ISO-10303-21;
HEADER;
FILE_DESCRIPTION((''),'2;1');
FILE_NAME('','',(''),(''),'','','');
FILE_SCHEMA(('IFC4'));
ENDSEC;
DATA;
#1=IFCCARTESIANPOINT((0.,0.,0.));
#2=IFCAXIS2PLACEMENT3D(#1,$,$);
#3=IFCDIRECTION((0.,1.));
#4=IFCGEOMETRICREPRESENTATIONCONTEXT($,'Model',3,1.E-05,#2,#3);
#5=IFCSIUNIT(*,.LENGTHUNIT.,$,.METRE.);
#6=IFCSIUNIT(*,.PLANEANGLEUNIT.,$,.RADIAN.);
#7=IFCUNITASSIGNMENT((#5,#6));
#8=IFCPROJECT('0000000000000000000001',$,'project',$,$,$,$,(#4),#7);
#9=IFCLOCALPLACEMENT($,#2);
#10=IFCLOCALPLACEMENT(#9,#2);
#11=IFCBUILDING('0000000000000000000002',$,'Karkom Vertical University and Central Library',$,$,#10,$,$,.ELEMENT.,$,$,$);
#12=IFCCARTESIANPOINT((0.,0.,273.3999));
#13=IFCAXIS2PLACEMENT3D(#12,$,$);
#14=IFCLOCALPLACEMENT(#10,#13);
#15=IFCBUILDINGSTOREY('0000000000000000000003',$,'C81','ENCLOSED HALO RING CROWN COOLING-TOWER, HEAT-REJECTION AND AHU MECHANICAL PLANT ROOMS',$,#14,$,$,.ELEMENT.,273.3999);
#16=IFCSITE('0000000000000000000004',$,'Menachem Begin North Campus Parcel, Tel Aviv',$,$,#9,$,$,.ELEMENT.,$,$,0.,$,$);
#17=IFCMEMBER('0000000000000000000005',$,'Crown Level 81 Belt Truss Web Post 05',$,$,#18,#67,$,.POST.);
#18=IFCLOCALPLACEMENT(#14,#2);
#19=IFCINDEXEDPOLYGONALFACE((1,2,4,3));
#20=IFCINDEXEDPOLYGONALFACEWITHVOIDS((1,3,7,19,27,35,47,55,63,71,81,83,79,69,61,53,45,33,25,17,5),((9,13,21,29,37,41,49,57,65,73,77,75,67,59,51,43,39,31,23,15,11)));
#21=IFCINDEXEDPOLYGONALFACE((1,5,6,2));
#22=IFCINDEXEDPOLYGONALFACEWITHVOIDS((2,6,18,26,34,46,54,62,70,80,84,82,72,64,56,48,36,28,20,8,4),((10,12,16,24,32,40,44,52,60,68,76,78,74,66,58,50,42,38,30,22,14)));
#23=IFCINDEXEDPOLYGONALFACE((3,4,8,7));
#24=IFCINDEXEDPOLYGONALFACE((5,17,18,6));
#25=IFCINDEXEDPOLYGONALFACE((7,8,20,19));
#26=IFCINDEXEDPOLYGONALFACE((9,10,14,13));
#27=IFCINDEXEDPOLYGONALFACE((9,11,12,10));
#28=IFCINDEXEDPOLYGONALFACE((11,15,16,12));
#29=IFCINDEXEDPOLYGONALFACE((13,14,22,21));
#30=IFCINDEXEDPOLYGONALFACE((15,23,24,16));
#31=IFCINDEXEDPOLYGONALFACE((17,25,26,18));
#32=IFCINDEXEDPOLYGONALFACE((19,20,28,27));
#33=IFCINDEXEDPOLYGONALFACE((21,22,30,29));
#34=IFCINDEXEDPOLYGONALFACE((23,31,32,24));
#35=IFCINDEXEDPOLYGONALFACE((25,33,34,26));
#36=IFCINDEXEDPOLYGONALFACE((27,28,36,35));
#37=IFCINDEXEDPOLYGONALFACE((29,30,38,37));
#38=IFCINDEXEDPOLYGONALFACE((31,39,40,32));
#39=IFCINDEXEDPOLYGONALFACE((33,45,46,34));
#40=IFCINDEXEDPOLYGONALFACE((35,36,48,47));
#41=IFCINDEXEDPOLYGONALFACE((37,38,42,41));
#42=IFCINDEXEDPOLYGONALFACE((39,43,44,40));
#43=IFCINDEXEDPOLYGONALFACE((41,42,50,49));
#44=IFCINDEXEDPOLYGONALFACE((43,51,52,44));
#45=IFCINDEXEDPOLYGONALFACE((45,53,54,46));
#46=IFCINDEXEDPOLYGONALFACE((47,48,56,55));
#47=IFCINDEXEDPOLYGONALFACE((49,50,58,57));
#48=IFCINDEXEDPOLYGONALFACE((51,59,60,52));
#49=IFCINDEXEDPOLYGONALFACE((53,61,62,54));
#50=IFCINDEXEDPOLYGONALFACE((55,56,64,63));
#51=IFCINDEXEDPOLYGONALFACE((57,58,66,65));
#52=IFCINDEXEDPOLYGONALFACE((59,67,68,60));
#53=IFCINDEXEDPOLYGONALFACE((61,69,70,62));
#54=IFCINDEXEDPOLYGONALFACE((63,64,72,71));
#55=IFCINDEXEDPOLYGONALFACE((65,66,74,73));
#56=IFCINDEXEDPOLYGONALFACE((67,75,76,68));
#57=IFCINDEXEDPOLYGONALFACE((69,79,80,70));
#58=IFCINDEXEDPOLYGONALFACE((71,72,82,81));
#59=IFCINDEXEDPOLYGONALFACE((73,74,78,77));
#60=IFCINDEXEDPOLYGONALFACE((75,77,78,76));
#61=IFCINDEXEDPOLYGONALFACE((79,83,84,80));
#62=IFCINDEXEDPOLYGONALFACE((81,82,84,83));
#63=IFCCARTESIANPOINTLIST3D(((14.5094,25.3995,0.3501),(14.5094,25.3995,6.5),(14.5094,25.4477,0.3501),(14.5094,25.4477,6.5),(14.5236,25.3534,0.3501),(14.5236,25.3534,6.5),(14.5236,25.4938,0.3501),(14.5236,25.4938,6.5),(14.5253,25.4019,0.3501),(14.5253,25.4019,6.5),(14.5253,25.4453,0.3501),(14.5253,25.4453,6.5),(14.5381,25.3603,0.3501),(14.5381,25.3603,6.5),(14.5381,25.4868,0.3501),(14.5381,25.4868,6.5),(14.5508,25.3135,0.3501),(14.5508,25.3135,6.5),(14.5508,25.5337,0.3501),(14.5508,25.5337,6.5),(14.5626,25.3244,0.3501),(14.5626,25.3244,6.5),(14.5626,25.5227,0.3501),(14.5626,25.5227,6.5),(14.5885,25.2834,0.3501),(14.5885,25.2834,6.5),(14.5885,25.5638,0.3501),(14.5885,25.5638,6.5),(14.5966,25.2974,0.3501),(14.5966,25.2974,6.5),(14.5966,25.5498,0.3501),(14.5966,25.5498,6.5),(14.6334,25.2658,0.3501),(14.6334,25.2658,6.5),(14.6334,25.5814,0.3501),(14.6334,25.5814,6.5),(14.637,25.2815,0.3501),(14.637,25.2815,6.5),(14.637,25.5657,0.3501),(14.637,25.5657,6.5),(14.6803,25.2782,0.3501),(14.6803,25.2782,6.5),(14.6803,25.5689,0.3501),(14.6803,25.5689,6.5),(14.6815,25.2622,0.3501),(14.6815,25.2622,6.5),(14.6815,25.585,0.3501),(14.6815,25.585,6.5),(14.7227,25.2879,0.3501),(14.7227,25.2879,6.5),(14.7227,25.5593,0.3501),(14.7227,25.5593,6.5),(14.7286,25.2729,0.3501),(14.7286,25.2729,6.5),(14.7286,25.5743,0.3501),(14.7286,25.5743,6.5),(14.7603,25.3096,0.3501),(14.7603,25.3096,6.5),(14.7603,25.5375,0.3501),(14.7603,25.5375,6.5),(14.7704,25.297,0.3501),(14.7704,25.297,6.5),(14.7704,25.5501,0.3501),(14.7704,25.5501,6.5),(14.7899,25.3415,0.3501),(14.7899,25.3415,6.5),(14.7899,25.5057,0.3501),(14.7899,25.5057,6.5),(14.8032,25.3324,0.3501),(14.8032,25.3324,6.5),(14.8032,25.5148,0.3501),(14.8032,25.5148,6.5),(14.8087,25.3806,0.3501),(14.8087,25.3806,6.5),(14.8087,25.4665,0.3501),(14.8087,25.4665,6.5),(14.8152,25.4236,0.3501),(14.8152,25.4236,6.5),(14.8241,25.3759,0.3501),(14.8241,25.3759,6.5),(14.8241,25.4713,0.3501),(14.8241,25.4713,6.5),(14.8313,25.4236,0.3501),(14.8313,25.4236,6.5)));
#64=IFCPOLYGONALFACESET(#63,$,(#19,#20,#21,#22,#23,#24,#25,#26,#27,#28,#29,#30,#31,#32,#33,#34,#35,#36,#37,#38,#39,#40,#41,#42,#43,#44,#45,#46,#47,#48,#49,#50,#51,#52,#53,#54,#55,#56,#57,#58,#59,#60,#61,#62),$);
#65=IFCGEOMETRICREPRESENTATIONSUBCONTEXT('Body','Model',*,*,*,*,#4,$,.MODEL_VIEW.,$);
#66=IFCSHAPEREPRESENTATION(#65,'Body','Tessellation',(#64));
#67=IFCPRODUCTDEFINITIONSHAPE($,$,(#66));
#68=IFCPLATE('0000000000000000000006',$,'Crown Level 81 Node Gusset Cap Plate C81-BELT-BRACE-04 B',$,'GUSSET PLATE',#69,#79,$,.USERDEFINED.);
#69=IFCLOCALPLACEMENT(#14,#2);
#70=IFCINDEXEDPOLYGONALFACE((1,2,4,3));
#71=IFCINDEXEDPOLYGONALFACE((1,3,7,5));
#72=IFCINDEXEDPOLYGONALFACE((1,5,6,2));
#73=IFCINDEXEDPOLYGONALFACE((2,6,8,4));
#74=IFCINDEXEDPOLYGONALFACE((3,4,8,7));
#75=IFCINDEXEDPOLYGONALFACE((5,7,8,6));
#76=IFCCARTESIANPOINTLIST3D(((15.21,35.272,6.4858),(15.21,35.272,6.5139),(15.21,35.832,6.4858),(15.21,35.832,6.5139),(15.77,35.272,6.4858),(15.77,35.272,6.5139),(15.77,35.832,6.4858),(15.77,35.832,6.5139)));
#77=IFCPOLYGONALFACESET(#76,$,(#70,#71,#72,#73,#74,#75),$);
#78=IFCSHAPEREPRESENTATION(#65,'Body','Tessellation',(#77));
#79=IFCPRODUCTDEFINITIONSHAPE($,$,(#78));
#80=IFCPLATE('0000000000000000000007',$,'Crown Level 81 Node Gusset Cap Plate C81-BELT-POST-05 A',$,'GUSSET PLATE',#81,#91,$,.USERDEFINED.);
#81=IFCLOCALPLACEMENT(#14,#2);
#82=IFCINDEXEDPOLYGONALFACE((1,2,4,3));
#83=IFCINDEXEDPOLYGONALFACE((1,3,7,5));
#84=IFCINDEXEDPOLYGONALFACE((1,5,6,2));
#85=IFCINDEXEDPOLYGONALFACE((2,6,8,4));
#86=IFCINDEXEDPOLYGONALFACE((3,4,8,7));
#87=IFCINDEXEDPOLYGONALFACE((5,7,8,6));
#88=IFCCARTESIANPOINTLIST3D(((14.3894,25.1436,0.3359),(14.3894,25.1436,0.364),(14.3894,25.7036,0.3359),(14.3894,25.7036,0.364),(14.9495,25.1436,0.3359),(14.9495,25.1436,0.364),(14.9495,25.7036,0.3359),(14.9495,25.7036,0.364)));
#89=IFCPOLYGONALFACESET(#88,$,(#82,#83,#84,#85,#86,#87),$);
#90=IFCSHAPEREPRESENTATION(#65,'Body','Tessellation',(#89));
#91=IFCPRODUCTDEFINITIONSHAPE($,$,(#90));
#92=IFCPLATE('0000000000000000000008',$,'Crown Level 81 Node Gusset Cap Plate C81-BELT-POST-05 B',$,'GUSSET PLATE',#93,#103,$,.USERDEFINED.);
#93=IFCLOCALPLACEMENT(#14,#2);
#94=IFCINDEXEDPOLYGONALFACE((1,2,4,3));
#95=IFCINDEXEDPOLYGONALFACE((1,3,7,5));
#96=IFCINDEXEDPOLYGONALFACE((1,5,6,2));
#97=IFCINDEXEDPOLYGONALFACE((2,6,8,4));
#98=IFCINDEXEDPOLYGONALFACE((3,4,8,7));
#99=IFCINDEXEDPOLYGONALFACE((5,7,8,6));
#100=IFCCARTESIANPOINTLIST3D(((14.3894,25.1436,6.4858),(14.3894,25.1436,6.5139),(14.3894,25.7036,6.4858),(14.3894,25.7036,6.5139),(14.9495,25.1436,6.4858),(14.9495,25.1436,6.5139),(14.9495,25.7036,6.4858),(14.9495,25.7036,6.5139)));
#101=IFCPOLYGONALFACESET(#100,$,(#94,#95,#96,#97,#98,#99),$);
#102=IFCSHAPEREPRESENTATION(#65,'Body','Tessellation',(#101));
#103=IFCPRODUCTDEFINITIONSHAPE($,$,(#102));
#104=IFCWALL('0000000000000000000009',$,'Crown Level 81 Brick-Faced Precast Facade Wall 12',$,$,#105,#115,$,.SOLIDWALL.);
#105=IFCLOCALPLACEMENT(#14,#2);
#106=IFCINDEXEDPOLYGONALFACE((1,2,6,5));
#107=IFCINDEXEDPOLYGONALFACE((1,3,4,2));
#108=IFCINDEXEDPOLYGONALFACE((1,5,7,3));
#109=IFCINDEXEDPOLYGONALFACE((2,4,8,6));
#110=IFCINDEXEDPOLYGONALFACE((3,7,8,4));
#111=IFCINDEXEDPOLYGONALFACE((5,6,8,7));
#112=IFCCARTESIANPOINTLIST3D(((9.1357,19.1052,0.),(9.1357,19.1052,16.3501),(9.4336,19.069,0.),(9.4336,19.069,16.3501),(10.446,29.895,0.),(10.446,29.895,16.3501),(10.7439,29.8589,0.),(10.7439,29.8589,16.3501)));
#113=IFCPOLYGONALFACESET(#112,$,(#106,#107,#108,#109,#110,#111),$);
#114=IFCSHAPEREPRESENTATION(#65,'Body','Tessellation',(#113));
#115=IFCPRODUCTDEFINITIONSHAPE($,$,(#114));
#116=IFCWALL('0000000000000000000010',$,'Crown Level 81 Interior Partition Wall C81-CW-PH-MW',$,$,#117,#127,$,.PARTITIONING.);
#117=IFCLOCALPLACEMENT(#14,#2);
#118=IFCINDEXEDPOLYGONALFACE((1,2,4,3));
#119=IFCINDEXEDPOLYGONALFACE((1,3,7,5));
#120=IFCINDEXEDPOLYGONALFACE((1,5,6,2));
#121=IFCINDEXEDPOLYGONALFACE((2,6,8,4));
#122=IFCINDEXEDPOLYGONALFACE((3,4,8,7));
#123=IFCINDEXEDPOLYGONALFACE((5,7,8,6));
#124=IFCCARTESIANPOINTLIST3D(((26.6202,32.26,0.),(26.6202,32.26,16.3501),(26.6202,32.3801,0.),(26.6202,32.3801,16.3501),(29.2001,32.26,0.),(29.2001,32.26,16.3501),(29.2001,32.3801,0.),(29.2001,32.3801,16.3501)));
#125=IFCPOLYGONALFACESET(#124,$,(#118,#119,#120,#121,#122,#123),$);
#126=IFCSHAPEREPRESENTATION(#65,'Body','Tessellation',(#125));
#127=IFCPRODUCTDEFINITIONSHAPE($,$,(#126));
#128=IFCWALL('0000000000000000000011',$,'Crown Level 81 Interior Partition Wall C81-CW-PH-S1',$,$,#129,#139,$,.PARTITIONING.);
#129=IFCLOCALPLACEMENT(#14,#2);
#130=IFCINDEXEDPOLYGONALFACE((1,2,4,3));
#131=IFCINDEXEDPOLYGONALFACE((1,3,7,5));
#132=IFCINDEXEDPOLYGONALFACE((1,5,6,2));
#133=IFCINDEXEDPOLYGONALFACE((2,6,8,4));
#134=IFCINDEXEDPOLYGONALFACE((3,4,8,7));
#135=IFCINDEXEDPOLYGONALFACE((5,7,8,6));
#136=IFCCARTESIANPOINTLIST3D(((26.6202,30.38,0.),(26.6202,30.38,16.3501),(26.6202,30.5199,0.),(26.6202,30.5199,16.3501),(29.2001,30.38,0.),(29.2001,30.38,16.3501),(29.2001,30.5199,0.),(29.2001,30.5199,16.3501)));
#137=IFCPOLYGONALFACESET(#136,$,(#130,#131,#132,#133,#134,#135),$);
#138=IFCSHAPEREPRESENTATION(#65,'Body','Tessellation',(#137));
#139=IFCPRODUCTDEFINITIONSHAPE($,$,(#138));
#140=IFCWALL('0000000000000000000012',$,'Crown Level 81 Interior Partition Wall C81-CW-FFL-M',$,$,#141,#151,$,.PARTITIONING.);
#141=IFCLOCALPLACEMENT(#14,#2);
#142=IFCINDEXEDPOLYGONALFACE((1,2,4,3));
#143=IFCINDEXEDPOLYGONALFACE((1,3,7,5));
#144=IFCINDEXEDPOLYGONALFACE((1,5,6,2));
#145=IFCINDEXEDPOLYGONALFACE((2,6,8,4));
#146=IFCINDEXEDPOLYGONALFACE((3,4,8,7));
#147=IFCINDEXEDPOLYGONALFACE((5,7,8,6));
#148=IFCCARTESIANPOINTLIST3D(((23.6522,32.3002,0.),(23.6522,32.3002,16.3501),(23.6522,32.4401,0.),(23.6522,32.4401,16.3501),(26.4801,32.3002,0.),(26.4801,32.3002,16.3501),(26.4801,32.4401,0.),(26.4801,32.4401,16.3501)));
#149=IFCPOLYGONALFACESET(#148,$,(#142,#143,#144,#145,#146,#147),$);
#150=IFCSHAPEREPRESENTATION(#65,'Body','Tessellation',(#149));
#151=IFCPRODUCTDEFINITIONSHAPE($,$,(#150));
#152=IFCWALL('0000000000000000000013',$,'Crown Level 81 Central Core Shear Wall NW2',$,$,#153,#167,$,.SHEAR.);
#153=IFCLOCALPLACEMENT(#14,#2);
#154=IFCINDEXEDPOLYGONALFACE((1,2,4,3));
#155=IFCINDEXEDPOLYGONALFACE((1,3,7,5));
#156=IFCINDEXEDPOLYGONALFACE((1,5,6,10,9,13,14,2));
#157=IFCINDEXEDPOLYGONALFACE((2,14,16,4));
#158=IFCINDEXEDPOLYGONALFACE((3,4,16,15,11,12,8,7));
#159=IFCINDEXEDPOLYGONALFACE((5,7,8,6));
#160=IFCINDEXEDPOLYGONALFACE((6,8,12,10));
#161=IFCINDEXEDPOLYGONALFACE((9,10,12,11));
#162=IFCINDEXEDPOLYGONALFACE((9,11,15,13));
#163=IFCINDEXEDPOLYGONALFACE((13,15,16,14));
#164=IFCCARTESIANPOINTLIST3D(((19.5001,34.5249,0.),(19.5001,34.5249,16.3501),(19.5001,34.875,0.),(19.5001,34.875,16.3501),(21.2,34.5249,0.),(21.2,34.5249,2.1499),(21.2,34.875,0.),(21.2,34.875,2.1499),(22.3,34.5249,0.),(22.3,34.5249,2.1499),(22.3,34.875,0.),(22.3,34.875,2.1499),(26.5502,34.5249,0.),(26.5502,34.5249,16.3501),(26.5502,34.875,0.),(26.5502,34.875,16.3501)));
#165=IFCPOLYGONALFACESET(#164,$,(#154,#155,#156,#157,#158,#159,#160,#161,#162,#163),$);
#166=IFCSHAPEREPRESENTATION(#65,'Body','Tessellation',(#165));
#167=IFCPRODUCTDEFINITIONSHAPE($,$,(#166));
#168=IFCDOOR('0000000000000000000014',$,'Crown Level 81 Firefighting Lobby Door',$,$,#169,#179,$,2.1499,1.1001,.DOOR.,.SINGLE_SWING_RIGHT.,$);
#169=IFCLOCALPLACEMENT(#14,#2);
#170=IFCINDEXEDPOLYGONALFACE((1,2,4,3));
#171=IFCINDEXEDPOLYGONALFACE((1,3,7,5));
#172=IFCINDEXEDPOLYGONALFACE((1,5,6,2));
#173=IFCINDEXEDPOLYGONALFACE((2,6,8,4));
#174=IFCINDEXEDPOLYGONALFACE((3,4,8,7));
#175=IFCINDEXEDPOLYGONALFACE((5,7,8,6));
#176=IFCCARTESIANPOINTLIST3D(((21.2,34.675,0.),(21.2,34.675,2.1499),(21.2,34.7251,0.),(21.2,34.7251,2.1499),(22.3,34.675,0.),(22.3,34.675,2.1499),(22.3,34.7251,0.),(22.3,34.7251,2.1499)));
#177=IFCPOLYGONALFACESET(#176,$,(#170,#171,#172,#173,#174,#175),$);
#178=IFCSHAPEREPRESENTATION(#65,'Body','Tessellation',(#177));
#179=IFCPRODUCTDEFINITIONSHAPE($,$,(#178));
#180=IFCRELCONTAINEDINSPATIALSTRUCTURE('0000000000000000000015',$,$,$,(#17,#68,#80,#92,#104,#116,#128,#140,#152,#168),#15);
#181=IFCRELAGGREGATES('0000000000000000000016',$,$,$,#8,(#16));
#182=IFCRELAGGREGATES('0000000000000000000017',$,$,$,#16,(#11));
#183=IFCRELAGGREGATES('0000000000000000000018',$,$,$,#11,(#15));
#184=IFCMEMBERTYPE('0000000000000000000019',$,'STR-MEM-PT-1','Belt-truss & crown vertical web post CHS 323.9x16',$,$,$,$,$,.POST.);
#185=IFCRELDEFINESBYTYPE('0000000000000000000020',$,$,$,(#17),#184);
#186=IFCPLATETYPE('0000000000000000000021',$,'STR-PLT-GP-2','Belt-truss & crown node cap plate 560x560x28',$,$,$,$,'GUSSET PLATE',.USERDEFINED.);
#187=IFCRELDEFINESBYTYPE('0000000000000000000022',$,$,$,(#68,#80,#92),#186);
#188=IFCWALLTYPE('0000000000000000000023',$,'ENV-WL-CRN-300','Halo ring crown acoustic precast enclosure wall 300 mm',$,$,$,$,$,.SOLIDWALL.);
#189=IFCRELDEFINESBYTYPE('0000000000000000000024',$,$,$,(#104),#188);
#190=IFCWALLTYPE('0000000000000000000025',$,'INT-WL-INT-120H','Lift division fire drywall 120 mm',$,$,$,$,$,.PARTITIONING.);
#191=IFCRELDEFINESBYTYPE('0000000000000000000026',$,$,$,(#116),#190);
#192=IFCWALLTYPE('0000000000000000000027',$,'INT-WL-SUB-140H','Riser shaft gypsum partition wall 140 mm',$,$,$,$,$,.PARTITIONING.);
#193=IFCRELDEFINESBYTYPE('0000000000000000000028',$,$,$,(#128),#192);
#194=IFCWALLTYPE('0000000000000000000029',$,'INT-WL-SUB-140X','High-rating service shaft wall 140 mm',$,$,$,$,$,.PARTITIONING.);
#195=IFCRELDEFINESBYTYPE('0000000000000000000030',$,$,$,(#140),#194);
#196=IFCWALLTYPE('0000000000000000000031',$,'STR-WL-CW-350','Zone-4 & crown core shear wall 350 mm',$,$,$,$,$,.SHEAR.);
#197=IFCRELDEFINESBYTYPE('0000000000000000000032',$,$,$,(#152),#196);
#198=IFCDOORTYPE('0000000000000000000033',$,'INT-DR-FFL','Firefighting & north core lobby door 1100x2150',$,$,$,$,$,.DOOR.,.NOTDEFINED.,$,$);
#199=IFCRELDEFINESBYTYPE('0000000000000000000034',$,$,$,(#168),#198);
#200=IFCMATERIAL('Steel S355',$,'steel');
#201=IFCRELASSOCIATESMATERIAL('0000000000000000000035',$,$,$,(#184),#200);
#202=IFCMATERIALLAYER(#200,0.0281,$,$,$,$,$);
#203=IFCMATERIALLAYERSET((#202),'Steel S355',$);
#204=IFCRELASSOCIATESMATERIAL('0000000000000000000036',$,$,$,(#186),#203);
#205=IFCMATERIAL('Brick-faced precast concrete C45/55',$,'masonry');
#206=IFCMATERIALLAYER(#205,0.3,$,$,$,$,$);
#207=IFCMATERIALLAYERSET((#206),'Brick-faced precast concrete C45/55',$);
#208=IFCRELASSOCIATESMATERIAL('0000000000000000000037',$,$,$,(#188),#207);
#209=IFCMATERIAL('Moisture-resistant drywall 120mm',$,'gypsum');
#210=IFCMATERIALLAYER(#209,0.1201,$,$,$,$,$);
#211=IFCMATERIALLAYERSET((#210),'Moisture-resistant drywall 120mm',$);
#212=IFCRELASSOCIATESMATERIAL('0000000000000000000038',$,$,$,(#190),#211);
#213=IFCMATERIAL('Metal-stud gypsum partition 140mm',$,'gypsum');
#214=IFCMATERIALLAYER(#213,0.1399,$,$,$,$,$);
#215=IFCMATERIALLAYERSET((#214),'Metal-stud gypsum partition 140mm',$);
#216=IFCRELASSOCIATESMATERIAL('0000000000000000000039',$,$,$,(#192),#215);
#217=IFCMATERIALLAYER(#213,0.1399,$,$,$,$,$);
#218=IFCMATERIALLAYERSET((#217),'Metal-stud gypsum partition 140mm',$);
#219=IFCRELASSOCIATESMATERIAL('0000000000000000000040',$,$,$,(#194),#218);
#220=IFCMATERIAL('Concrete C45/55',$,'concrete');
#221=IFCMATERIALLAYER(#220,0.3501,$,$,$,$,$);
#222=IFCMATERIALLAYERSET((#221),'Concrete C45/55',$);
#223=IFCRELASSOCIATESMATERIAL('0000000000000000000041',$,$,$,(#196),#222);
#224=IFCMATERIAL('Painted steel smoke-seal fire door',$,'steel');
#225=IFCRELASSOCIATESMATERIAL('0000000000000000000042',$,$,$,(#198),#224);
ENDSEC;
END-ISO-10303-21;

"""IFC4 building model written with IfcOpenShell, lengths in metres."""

from ifc_helpers import new_model, si_unit, direction, frame, frame_2d, origin, origin_with_axes, origin_2d, place, context, subcontext, project, spatial, rectangle, hollow_circle, extrude, source, transform, mapped, material, layer, layer_set, material_profile, profile_set, type_object, element, fill, save


model = new_model("IFC4")

# Units and contexts
model_context = context("Model", 3, precision=1e-05, world=origin(), true_north=direction((0.0, 1.0)))
body_context = subcontext(model_context, "Body", "Model", "MODEL_VIEW")
ifc_project = project(units=[si_unit("LENGTHUNIT", "METRE"), si_unit("PLANEANGLEUNIT", "RADIAN")], contexts=[model_context])

# Site, building, storey
site_placement = place(None, origin())
site = spatial("IfcSite", under=ifc_project, at=site_placement, Name="Menachem Begin North Campus Parcel, Tel Aviv", CompositionType="ELEMENT", RefElevation=0.0)
building_placement = place(site_placement, origin())
building = spatial("IfcBuilding", under=site, at=building_placement, Name="Karkom Vertical University and Central Library", CompositionType="ELEMENT")
storey_placement = place(building_placement, frame((0.0, 0.0, 273.3999)))
storey = spatial("IfcBuildingStorey", under=building, at=storey_placement, Name="C81", Description="ENCLOSED HALO RING CROWN COOLING-TOWER, HEAT-REJECTION AND AHU MECHANICAL PLANT ROOMS", CompositionType="ELEMENT", Elevation=273.3999)

# Shared definitions
ifc_material_1 = material(Name="Concrete C45/55", Category="concrete")

# Shared definitions
ifc_material_2 = material(Name="Steel S355", Category="steel")

# Member
ifc_material_profile_1 = material_profile(ifc_material_2, hollow_circle(Radius=0.1619, WallThickness=0.0161, at=origin_2d()), Name="CHS 323.9x16")
ifc_profile_set_1 = profile_set([ifc_material_profile_1], Name="Steel S355")
member_type = type_object("IfcMemberType", Name="STR-MEM-PT-1", Description="Belt-truss & crown vertical web post CHS 323.9x16", PredefinedType="POST", material=ifc_profile_set_1)
shared_shape_1 = source(origin_with_axes(), body_context, "Body", "SweptSolid", [
    extrude(hollow_circle(Radius=0.1619, WallThickness=0.0161, at=origin_2d()), origin(), (0.0, 0.0, 1.0), 6.1499),
])
member_placement = place(storey_placement, frame((14.6694, 25.4236, 0.3501), z_axis=(0.0, 0.0, 1.0), x_axis=(1.0, 0.0, 0.0)))
element("IfcMember", 1, at=member_placement, inside=storey, type_object=member_type, Name="Crown Level 81 Belt Truss Web Post 05", PredefinedType="POST", context=body_context, shape_type="MappedRepresentation", body=[
    mapped(shared_shape_1, transform((0.0, 0.0, 0.0), scale=1.0)),
])

# Plates
ifc_layer_1 = layer(ifc_material_2, 0.0281)
ifc_layer_set_1 = layer_set([ifc_layer_1], Name="Steel S355")
plate_type = type_object("IfcPlateType", Name="STR-PLT-GP-2", Description="Belt-truss & crown node cap plate 560x560x28", ElementType="GUSSET PLATE", PredefinedType="USERDEFINED", material=ifc_layer_set_1)
shared_shape_2 = source(origin_with_axes(), body_context, "Body", "SweptSolid", [
    extrude(rectangle(XDim=0.5601, YDim=0.5601, at=origin_2d()), origin(), (0.0, 0.0, 1.0), 0.0281),
])
for number, where, z_axis, x_axis, name in (
    (2, (15.49, 35.552, 6.4858), (0.0, 0.0, 1.0), (1.0, 0.0, 0.0), "Crown Level 81 Node Gusset Cap Plate C81-BELT-BRACE-04 B"),
    (3, (14.6694, 25.4236, 0.3359), (0.0, 0.0, 1.0), (1.0, 0.0, 0.0), "Crown Level 81 Node Gusset Cap Plate C81-BELT-POST-05 A"),
    (4, (14.6694, 25.4236, 6.4858), (0.0, 0.0, 1.0), (1.0, 0.0, 0.0), "Crown Level 81 Node Gusset Cap Plate C81-BELT-POST-05 B"),
):
    element("IfcPlate", number, at=place(storey_placement, frame(where, z_axis=z_axis, x_axis=x_axis)), inside=storey, type_object=plate_type, Name=name, ObjectType="GUSSET PLATE", PredefinedType="USERDEFINED", context=body_context, shape_type="MappedRepresentation", body=[
        mapped(shared_shape_2, transform((0.0, 0.0, 0.0), scale=1.0)),
    ])

# Walls
ifc_material_3 = material(Name="Brick-faced precast concrete C45/55", Category="masonry")
ifc_layer_2 = layer(ifc_material_3, 0.3)
ifc_layer_set_2 = layer_set([ifc_layer_2], Name="Brick-faced precast concrete C45/55")
wall_type_1 = type_object("IfcWallType", Name="ENV-WL-CRN-300", Description="Halo ring crown acoustic precast enclosure wall 300 mm", PredefinedType="SOLIDWALL", material=ifc_layer_set_2)
wall_1_placement = place(storey_placement, frame((10.595, 29.877, 0.0), z_axis=(0.0, 0.0, 1.0), x_axis=(-0.120553, -0.992707, 0.0)))
element("IfcWall", 5, at=wall_1_placement, inside=storey, type_object=wall_type_1, Name="Crown Level 81 Brick-Faced Precast Facade Wall 12", PredefinedType="SOLIDWALL", context=body_context, shape_type="SweptSolid", body=[
    extrude(rectangle(XDim=10.8691, YDim=0.3, at=frame_2d((5.4346, 0.0))), origin(), (0.0, 0.0, 1.0), 16.3501),
])
ifc_material_4 = material(Name="Moisture-resistant drywall 120mm", Category="gypsum")
ifc_layer_3 = layer(ifc_material_4, 0.1201)
ifc_layer_set_3 = layer_set([ifc_layer_3], Name="Moisture-resistant drywall 120mm")
wall_type_2 = type_object("IfcWallType", Name="INT-WL-INT-120H", Description="Lift division fire drywall 120 mm", PredefinedType="PARTITIONING", material=ifc_layer_set_3)
wall_2_placement = place(storey_placement, frame((26.6201, 32.3201, 0.0), z_axis=(0.0, 0.0, 1.0), x_axis=(1.0, 0.0, 0.0)))
element("IfcWall", 6, at=wall_2_placement, inside=storey, type_object=wall_type_2, Name="Crown Level 81 Interior Partition Wall C81-CW-PH-MW", PredefinedType="PARTITIONING", context=body_context, shape_type="SweptSolid", body=[
    extrude(rectangle(XDim=2.5798, YDim=0.1201, at=frame_2d((1.29, 0.0))), origin(), (0.0, 0.0, 1.0), 16.3501),
])
ifc_material_5 = material(Name="Metal-stud gypsum partition 140mm", Category="gypsum")
ifc_layer_4 = layer(ifc_material_5, 0.1399)
ifc_layer_set_4 = layer_set([ifc_layer_4], Name="Metal-stud gypsum partition 140mm")
wall_type_3 = type_object("IfcWallType", Name="INT-WL-SUB-140H", Description="Riser shaft gypsum partition wall 140 mm", PredefinedType="PARTITIONING", material=ifc_layer_set_4)
wall_3_placement = place(storey_placement, frame((26.6201, 30.45, 0.0), z_axis=(0.0, 0.0, 1.0), x_axis=(1.0, 0.0, 0.0)))
element("IfcWall", 7, at=wall_3_placement, inside=storey, type_object=wall_type_3, Name="Crown Level 81 Interior Partition Wall C81-CW-PH-S1", PredefinedType="PARTITIONING", context=body_context, shape_type="SweptSolid", body=[
    extrude(rectangle(XDim=2.5798, YDim=0.1399, at=frame_2d((1.29, 0.0))), origin(), (0.0, 0.0, 1.0), 16.3501),
])
ifc_layer_5 = layer(ifc_material_5, 0.1399)
ifc_layer_set_5 = layer_set([ifc_layer_5], Name="Metal-stud gypsum partition 140mm")
wall_type_4 = type_object("IfcWallType", Name="INT-WL-SUB-140X", Description="High-rating service shaft wall 140 mm", PredefinedType="PARTITIONING", material=ifc_layer_set_5)
wall_4_placement = place(storey_placement, frame((23.6521, 32.3701, 0.0), z_axis=(0.0, 0.0, 1.0), x_axis=(1.0, 0.0, 0.0)))
element("IfcWall", 8, at=wall_4_placement, inside=storey, type_object=wall_type_4, Name="Crown Level 81 Interior Partition Wall C81-CW-FFL-M", PredefinedType="PARTITIONING", context=body_context, shape_type="SweptSolid", body=[
    extrude(rectangle(XDim=2.8279, YDim=0.1399, at=frame_2d((1.4141, 0.0))), origin(), (0.0, 0.0, 1.0), 16.3501),
])

# Wall, opening, door
ifc_layer_6 = layer(ifc_material_1, 0.3501)
ifc_layer_set_6 = layer_set([ifc_layer_6], Name="Concrete C45/55")
wall_type_5 = type_object("IfcWallType", Name="STR-WL-CW-350", Description="Zone-4 & crown core shear wall 350 mm", PredefinedType="SHEAR", material=ifc_layer_set_6)
wall_5_placement = place(storey_placement, frame((26.55, 34.7, 0.0), z_axis=(0.0, 0.0, 1.0), x_axis=(-1.0, 0.0, 0.0)))
wall_5 = element("IfcWall", 9, at=wall_5_placement, inside=storey, type_object=wall_type_5, Name="Crown Level 81 Central Core Shear Wall NW2", PredefinedType="SHEAR", context=body_context, shape_type="SweptSolid", body=[
    extrude(rectangle(XDim=7.05, YDim=0.3501, at=frame_2d((3.5249, 0.0))), origin(), (0.0, 0.0, 1.0), 16.3501),
])
opening_1_placement = place(wall_5_placement, frame((4.25, 0.0, 0.0)))
opening_1 = element("IfcOpeningElement", 10, at=opening_1_placement, cuts=wall_5, PredefinedType="OPENING", context=body_context, shape_type="SweptSolid", body=[
    extrude(rectangle(XDim=1.1001, YDim=2.1499, at=frame_2d((0.55, 1.075))), frame((0.0, 0.1851, 0.0), z_axis=(0.0, -1.0, 0.0), x_axis=(1.0, 0.0, 0.0)), (0.0, 0.0, 1.0), 0.3701),
])
ifc_material_6 = material(Name="Painted steel smoke-seal fire door", Category="steel")
door_type_1 = type_object("IfcDoorType", Name="INT-DR-FFL", Description="Firefighting & north core lobby door 1100x2150", OperationType="NOTDEFINED", PredefinedType="DOOR", material=ifc_material_6)
shared_shape_3 = source(origin_with_axes(), body_context, "Body", "SweptSolid", [
    extrude(rectangle(XDim=1.1001, YDim=2.1499, at=frame_2d((0.55, 1.075))), frame((0.0, 0.0249, 0.0), z_axis=(0.0, -1.0, 0.0), x_axis=(1.0, 0.0, 0.0)), (0.0, 0.0, 1.0), 0.05),
])
door_1_placement = place(opening_1_placement, origin())
door_1 = element("IfcDoor", 11, at=door_1_placement, inside=storey, type_object=door_type_1, Name="Crown Level 81 Firefighting Lobby Door", OperationType="SINGLE_SWING_RIGHT", OverallHeight=2.1499, OverallWidth=1.1001, PredefinedType="DOOR", context=body_context, shape_type="MappedRepresentation", body=[
    mapped(shared_shape_3, transform((0.0, 0.0, 0.0), scale=1.0)),
])
fill(opening_1, door_1)

save(model, "model.ifc")
